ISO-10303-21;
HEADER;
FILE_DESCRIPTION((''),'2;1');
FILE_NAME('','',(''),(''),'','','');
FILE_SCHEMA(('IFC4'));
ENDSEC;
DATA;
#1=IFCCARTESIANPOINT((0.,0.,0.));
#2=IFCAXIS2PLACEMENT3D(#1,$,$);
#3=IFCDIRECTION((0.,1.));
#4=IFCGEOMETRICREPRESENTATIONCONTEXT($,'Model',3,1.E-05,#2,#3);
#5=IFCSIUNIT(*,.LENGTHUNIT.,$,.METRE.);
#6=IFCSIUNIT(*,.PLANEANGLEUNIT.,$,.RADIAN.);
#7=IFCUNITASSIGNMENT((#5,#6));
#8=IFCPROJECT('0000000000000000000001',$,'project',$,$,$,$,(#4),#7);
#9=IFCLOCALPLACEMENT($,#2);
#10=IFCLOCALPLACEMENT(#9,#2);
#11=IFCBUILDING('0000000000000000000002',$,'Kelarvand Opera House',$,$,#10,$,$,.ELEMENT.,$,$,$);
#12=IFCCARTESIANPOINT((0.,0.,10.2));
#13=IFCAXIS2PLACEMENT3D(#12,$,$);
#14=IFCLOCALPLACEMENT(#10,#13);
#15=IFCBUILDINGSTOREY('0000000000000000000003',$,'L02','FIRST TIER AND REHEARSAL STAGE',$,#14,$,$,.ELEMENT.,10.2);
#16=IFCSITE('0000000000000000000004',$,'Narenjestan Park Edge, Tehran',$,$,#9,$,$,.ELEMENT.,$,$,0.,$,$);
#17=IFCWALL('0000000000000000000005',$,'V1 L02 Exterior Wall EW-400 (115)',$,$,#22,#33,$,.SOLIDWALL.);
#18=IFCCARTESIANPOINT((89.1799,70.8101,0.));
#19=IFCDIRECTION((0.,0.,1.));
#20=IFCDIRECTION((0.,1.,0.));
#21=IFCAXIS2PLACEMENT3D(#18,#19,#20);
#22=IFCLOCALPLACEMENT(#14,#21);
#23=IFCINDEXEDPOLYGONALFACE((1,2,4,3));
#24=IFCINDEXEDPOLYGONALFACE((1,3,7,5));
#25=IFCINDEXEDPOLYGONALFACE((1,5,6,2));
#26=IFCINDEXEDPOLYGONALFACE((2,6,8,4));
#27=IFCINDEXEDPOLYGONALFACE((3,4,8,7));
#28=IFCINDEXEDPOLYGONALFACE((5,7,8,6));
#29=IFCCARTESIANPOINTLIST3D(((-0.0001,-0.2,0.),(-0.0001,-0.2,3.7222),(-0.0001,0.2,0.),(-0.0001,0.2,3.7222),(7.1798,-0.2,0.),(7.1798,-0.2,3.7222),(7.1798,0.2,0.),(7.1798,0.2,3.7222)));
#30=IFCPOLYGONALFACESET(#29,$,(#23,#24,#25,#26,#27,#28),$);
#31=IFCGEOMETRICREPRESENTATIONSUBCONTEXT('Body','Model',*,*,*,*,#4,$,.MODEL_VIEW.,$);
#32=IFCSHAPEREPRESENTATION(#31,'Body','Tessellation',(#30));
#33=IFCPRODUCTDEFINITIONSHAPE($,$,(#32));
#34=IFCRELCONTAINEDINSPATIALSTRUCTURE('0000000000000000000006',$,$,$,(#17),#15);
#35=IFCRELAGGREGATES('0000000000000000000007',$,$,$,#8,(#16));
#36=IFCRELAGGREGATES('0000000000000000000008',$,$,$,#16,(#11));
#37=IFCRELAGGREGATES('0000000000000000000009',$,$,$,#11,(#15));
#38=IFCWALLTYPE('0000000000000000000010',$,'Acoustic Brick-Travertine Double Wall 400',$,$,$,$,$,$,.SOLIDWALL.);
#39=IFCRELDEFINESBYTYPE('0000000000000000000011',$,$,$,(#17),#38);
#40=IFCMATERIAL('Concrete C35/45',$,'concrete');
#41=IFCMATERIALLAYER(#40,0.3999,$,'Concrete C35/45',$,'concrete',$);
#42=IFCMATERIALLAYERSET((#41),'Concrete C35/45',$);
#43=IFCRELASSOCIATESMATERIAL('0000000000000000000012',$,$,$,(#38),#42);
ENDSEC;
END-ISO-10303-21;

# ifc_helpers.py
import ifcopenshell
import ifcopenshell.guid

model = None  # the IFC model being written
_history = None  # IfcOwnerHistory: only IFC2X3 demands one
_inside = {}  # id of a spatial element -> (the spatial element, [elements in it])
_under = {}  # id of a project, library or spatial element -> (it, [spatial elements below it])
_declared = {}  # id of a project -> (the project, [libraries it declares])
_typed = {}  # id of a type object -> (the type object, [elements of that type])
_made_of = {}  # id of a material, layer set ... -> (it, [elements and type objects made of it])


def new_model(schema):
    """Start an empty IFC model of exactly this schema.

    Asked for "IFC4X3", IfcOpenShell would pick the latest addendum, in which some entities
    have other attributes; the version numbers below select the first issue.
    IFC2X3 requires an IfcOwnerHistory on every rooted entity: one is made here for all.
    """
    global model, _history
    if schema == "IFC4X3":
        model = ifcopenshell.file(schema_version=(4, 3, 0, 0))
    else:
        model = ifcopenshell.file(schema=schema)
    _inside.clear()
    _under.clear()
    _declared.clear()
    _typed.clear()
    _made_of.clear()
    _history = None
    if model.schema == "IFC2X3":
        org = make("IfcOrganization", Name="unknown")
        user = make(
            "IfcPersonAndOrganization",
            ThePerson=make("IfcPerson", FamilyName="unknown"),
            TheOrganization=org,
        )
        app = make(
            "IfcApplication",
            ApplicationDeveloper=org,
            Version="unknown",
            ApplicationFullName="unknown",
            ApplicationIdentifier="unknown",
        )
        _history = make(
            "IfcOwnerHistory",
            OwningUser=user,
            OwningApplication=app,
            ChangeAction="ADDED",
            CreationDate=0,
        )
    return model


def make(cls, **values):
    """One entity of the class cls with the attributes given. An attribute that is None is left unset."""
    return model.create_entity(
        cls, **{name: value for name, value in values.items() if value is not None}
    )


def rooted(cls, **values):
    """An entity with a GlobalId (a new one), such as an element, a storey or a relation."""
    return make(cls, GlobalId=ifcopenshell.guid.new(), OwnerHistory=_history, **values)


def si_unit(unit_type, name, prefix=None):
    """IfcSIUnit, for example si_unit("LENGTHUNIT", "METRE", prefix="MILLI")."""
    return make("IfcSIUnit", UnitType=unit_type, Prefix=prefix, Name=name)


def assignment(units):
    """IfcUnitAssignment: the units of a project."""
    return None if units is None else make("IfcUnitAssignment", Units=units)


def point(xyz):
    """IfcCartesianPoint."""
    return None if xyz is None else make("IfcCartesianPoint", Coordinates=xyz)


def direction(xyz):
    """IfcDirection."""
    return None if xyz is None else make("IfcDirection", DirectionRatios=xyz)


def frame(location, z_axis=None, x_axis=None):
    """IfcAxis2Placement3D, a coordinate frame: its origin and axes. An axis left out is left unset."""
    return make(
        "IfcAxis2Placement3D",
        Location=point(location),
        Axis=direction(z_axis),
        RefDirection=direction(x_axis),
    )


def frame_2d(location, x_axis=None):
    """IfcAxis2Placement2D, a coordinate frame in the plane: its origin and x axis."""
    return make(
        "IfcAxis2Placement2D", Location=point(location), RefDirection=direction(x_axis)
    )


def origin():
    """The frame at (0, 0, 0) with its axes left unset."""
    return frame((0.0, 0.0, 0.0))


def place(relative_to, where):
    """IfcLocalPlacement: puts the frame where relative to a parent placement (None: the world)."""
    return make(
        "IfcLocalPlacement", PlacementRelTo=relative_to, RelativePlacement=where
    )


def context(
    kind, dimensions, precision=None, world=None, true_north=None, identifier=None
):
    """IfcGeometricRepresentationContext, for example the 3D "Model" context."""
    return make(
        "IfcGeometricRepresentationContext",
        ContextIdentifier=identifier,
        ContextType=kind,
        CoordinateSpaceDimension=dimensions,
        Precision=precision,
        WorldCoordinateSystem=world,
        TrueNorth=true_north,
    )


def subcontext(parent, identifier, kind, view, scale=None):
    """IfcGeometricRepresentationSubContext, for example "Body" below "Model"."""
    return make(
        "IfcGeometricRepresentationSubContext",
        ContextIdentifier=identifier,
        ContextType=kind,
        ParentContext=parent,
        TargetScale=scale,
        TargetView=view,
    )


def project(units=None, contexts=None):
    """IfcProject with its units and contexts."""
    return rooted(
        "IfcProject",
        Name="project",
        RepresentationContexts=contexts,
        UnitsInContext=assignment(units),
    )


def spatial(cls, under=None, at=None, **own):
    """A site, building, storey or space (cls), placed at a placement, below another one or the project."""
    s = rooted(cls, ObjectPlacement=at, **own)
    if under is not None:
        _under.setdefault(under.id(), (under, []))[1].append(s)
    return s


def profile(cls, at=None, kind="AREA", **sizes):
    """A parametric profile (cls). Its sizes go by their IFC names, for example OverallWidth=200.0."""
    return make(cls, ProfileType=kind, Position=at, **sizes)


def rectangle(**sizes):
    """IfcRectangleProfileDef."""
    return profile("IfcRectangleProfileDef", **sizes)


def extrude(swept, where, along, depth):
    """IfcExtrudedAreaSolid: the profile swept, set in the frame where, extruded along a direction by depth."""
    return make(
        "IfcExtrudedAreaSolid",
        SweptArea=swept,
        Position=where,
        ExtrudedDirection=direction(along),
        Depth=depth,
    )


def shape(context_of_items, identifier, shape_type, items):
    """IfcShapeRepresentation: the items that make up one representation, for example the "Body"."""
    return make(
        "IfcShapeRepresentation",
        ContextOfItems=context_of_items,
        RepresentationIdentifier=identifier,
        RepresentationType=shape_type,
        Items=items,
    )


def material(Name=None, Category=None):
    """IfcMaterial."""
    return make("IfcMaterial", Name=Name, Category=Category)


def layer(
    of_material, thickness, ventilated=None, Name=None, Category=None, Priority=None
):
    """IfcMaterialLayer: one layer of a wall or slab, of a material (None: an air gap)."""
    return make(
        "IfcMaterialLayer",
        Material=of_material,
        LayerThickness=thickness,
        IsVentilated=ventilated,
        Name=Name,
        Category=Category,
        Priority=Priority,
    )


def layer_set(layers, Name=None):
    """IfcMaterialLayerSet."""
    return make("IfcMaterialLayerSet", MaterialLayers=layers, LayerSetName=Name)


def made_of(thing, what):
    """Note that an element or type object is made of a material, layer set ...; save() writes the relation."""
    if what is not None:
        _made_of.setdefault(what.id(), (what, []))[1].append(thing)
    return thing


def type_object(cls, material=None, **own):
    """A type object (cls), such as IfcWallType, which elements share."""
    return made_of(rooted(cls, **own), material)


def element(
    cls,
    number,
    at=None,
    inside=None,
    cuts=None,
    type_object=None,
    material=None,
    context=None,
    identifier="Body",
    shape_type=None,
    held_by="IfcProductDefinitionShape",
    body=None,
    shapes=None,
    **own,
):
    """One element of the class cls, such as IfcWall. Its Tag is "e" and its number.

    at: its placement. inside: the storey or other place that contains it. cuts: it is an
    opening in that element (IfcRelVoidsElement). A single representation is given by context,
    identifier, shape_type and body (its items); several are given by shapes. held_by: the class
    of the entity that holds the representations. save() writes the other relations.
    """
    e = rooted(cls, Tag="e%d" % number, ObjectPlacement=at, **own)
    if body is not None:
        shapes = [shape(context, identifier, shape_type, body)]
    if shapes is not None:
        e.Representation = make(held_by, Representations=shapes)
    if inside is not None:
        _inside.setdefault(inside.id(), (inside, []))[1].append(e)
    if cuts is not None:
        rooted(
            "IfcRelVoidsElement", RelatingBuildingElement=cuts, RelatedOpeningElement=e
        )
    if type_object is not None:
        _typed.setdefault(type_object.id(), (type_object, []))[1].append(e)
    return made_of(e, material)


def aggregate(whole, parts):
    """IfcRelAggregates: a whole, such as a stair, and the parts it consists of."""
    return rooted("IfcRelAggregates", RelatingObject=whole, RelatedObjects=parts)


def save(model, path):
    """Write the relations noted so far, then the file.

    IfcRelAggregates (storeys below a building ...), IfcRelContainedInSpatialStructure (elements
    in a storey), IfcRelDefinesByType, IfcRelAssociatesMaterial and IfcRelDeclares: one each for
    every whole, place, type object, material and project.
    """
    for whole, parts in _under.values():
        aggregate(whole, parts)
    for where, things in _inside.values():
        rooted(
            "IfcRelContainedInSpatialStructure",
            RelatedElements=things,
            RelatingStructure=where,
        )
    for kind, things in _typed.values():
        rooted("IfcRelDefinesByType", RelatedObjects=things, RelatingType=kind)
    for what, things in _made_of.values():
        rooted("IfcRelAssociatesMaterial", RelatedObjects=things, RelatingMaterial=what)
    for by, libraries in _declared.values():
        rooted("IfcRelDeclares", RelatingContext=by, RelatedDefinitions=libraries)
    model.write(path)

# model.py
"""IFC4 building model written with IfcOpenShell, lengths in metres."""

from ifc_helpers import new_model, si_unit, direction, frame, frame_2d, origin, place, context, subcontext, project, spatial, rectangle, extrude, material, layer, layer_set, type_object, element, save


model = new_model("IFC4")

# Units and contexts
model_context = context("Model", 3, precision=1e-05, world=origin(), true_north=direction((0.0, 1.0)))
body_context = subcontext(model_context, "Body", "Model", "MODEL_VIEW")
ifc_project = project(units=[si_unit("LENGTHUNIT", "METRE"), si_unit("PLANEANGLEUNIT", "RADIAN")], contexts=[model_context])

# Site, building, storey
site_placement = place(None, origin())
site = spatial("IfcSite", under=ifc_project, at=site_placement, Name="Narenjestan Park Edge, Tehran", CompositionType="ELEMENT", RefElevation=0.0)
building_placement = place(site_placement, origin())
building = spatial("IfcBuilding", under=site, at=building_placement, Name="Kelarvand Opera House", CompositionType="ELEMENT")
storey_placement = place(building_placement, frame((0.0, 0.0, 10.2)))
storey = spatial("IfcBuildingStorey", under=building, at=storey_placement, Name="L02", Description="FIRST TIER AND REHEARSAL STAGE", CompositionType="ELEMENT", Elevation=10.2)

# Wall
ifc_material_1 = material(Name="Concrete C35/45", Category="concrete")
ifc_layer = layer(ifc_material_1, 0.3999, Name="Concrete C35/45", Category="concrete")
ifc_layer_set = layer_set([ifc_layer], Name="Concrete C35/45")
wall_type = type_object("IfcWallType", Name="Acoustic Brick-Travertine Double Wall 400", PredefinedType="SOLIDWALL", material=ifc_layer_set)
wall_1_placement = place(storey_placement, frame((89.1799, 70.8101, 0.0), z_axis=(0.0, 0.0, 1.0), x_axis=(0.0, 1.0, 0.0)))
element("IfcWall", 1, at=wall_1_placement, inside=storey, type_object=wall_type, Name="V1 L02 Exterior Wall EW-400 (115)", PredefinedType="SOLIDWALL", context=body_context, shape_type="SweptSolid", body=[
    extrude(rectangle(XDim=7.1799, YDim=0.3999, at=frame_2d((3.5898, 0.0))), origin(), (0.0, 0.0, 1.0), 3.7222),
])

save(model, "model.ifc")
